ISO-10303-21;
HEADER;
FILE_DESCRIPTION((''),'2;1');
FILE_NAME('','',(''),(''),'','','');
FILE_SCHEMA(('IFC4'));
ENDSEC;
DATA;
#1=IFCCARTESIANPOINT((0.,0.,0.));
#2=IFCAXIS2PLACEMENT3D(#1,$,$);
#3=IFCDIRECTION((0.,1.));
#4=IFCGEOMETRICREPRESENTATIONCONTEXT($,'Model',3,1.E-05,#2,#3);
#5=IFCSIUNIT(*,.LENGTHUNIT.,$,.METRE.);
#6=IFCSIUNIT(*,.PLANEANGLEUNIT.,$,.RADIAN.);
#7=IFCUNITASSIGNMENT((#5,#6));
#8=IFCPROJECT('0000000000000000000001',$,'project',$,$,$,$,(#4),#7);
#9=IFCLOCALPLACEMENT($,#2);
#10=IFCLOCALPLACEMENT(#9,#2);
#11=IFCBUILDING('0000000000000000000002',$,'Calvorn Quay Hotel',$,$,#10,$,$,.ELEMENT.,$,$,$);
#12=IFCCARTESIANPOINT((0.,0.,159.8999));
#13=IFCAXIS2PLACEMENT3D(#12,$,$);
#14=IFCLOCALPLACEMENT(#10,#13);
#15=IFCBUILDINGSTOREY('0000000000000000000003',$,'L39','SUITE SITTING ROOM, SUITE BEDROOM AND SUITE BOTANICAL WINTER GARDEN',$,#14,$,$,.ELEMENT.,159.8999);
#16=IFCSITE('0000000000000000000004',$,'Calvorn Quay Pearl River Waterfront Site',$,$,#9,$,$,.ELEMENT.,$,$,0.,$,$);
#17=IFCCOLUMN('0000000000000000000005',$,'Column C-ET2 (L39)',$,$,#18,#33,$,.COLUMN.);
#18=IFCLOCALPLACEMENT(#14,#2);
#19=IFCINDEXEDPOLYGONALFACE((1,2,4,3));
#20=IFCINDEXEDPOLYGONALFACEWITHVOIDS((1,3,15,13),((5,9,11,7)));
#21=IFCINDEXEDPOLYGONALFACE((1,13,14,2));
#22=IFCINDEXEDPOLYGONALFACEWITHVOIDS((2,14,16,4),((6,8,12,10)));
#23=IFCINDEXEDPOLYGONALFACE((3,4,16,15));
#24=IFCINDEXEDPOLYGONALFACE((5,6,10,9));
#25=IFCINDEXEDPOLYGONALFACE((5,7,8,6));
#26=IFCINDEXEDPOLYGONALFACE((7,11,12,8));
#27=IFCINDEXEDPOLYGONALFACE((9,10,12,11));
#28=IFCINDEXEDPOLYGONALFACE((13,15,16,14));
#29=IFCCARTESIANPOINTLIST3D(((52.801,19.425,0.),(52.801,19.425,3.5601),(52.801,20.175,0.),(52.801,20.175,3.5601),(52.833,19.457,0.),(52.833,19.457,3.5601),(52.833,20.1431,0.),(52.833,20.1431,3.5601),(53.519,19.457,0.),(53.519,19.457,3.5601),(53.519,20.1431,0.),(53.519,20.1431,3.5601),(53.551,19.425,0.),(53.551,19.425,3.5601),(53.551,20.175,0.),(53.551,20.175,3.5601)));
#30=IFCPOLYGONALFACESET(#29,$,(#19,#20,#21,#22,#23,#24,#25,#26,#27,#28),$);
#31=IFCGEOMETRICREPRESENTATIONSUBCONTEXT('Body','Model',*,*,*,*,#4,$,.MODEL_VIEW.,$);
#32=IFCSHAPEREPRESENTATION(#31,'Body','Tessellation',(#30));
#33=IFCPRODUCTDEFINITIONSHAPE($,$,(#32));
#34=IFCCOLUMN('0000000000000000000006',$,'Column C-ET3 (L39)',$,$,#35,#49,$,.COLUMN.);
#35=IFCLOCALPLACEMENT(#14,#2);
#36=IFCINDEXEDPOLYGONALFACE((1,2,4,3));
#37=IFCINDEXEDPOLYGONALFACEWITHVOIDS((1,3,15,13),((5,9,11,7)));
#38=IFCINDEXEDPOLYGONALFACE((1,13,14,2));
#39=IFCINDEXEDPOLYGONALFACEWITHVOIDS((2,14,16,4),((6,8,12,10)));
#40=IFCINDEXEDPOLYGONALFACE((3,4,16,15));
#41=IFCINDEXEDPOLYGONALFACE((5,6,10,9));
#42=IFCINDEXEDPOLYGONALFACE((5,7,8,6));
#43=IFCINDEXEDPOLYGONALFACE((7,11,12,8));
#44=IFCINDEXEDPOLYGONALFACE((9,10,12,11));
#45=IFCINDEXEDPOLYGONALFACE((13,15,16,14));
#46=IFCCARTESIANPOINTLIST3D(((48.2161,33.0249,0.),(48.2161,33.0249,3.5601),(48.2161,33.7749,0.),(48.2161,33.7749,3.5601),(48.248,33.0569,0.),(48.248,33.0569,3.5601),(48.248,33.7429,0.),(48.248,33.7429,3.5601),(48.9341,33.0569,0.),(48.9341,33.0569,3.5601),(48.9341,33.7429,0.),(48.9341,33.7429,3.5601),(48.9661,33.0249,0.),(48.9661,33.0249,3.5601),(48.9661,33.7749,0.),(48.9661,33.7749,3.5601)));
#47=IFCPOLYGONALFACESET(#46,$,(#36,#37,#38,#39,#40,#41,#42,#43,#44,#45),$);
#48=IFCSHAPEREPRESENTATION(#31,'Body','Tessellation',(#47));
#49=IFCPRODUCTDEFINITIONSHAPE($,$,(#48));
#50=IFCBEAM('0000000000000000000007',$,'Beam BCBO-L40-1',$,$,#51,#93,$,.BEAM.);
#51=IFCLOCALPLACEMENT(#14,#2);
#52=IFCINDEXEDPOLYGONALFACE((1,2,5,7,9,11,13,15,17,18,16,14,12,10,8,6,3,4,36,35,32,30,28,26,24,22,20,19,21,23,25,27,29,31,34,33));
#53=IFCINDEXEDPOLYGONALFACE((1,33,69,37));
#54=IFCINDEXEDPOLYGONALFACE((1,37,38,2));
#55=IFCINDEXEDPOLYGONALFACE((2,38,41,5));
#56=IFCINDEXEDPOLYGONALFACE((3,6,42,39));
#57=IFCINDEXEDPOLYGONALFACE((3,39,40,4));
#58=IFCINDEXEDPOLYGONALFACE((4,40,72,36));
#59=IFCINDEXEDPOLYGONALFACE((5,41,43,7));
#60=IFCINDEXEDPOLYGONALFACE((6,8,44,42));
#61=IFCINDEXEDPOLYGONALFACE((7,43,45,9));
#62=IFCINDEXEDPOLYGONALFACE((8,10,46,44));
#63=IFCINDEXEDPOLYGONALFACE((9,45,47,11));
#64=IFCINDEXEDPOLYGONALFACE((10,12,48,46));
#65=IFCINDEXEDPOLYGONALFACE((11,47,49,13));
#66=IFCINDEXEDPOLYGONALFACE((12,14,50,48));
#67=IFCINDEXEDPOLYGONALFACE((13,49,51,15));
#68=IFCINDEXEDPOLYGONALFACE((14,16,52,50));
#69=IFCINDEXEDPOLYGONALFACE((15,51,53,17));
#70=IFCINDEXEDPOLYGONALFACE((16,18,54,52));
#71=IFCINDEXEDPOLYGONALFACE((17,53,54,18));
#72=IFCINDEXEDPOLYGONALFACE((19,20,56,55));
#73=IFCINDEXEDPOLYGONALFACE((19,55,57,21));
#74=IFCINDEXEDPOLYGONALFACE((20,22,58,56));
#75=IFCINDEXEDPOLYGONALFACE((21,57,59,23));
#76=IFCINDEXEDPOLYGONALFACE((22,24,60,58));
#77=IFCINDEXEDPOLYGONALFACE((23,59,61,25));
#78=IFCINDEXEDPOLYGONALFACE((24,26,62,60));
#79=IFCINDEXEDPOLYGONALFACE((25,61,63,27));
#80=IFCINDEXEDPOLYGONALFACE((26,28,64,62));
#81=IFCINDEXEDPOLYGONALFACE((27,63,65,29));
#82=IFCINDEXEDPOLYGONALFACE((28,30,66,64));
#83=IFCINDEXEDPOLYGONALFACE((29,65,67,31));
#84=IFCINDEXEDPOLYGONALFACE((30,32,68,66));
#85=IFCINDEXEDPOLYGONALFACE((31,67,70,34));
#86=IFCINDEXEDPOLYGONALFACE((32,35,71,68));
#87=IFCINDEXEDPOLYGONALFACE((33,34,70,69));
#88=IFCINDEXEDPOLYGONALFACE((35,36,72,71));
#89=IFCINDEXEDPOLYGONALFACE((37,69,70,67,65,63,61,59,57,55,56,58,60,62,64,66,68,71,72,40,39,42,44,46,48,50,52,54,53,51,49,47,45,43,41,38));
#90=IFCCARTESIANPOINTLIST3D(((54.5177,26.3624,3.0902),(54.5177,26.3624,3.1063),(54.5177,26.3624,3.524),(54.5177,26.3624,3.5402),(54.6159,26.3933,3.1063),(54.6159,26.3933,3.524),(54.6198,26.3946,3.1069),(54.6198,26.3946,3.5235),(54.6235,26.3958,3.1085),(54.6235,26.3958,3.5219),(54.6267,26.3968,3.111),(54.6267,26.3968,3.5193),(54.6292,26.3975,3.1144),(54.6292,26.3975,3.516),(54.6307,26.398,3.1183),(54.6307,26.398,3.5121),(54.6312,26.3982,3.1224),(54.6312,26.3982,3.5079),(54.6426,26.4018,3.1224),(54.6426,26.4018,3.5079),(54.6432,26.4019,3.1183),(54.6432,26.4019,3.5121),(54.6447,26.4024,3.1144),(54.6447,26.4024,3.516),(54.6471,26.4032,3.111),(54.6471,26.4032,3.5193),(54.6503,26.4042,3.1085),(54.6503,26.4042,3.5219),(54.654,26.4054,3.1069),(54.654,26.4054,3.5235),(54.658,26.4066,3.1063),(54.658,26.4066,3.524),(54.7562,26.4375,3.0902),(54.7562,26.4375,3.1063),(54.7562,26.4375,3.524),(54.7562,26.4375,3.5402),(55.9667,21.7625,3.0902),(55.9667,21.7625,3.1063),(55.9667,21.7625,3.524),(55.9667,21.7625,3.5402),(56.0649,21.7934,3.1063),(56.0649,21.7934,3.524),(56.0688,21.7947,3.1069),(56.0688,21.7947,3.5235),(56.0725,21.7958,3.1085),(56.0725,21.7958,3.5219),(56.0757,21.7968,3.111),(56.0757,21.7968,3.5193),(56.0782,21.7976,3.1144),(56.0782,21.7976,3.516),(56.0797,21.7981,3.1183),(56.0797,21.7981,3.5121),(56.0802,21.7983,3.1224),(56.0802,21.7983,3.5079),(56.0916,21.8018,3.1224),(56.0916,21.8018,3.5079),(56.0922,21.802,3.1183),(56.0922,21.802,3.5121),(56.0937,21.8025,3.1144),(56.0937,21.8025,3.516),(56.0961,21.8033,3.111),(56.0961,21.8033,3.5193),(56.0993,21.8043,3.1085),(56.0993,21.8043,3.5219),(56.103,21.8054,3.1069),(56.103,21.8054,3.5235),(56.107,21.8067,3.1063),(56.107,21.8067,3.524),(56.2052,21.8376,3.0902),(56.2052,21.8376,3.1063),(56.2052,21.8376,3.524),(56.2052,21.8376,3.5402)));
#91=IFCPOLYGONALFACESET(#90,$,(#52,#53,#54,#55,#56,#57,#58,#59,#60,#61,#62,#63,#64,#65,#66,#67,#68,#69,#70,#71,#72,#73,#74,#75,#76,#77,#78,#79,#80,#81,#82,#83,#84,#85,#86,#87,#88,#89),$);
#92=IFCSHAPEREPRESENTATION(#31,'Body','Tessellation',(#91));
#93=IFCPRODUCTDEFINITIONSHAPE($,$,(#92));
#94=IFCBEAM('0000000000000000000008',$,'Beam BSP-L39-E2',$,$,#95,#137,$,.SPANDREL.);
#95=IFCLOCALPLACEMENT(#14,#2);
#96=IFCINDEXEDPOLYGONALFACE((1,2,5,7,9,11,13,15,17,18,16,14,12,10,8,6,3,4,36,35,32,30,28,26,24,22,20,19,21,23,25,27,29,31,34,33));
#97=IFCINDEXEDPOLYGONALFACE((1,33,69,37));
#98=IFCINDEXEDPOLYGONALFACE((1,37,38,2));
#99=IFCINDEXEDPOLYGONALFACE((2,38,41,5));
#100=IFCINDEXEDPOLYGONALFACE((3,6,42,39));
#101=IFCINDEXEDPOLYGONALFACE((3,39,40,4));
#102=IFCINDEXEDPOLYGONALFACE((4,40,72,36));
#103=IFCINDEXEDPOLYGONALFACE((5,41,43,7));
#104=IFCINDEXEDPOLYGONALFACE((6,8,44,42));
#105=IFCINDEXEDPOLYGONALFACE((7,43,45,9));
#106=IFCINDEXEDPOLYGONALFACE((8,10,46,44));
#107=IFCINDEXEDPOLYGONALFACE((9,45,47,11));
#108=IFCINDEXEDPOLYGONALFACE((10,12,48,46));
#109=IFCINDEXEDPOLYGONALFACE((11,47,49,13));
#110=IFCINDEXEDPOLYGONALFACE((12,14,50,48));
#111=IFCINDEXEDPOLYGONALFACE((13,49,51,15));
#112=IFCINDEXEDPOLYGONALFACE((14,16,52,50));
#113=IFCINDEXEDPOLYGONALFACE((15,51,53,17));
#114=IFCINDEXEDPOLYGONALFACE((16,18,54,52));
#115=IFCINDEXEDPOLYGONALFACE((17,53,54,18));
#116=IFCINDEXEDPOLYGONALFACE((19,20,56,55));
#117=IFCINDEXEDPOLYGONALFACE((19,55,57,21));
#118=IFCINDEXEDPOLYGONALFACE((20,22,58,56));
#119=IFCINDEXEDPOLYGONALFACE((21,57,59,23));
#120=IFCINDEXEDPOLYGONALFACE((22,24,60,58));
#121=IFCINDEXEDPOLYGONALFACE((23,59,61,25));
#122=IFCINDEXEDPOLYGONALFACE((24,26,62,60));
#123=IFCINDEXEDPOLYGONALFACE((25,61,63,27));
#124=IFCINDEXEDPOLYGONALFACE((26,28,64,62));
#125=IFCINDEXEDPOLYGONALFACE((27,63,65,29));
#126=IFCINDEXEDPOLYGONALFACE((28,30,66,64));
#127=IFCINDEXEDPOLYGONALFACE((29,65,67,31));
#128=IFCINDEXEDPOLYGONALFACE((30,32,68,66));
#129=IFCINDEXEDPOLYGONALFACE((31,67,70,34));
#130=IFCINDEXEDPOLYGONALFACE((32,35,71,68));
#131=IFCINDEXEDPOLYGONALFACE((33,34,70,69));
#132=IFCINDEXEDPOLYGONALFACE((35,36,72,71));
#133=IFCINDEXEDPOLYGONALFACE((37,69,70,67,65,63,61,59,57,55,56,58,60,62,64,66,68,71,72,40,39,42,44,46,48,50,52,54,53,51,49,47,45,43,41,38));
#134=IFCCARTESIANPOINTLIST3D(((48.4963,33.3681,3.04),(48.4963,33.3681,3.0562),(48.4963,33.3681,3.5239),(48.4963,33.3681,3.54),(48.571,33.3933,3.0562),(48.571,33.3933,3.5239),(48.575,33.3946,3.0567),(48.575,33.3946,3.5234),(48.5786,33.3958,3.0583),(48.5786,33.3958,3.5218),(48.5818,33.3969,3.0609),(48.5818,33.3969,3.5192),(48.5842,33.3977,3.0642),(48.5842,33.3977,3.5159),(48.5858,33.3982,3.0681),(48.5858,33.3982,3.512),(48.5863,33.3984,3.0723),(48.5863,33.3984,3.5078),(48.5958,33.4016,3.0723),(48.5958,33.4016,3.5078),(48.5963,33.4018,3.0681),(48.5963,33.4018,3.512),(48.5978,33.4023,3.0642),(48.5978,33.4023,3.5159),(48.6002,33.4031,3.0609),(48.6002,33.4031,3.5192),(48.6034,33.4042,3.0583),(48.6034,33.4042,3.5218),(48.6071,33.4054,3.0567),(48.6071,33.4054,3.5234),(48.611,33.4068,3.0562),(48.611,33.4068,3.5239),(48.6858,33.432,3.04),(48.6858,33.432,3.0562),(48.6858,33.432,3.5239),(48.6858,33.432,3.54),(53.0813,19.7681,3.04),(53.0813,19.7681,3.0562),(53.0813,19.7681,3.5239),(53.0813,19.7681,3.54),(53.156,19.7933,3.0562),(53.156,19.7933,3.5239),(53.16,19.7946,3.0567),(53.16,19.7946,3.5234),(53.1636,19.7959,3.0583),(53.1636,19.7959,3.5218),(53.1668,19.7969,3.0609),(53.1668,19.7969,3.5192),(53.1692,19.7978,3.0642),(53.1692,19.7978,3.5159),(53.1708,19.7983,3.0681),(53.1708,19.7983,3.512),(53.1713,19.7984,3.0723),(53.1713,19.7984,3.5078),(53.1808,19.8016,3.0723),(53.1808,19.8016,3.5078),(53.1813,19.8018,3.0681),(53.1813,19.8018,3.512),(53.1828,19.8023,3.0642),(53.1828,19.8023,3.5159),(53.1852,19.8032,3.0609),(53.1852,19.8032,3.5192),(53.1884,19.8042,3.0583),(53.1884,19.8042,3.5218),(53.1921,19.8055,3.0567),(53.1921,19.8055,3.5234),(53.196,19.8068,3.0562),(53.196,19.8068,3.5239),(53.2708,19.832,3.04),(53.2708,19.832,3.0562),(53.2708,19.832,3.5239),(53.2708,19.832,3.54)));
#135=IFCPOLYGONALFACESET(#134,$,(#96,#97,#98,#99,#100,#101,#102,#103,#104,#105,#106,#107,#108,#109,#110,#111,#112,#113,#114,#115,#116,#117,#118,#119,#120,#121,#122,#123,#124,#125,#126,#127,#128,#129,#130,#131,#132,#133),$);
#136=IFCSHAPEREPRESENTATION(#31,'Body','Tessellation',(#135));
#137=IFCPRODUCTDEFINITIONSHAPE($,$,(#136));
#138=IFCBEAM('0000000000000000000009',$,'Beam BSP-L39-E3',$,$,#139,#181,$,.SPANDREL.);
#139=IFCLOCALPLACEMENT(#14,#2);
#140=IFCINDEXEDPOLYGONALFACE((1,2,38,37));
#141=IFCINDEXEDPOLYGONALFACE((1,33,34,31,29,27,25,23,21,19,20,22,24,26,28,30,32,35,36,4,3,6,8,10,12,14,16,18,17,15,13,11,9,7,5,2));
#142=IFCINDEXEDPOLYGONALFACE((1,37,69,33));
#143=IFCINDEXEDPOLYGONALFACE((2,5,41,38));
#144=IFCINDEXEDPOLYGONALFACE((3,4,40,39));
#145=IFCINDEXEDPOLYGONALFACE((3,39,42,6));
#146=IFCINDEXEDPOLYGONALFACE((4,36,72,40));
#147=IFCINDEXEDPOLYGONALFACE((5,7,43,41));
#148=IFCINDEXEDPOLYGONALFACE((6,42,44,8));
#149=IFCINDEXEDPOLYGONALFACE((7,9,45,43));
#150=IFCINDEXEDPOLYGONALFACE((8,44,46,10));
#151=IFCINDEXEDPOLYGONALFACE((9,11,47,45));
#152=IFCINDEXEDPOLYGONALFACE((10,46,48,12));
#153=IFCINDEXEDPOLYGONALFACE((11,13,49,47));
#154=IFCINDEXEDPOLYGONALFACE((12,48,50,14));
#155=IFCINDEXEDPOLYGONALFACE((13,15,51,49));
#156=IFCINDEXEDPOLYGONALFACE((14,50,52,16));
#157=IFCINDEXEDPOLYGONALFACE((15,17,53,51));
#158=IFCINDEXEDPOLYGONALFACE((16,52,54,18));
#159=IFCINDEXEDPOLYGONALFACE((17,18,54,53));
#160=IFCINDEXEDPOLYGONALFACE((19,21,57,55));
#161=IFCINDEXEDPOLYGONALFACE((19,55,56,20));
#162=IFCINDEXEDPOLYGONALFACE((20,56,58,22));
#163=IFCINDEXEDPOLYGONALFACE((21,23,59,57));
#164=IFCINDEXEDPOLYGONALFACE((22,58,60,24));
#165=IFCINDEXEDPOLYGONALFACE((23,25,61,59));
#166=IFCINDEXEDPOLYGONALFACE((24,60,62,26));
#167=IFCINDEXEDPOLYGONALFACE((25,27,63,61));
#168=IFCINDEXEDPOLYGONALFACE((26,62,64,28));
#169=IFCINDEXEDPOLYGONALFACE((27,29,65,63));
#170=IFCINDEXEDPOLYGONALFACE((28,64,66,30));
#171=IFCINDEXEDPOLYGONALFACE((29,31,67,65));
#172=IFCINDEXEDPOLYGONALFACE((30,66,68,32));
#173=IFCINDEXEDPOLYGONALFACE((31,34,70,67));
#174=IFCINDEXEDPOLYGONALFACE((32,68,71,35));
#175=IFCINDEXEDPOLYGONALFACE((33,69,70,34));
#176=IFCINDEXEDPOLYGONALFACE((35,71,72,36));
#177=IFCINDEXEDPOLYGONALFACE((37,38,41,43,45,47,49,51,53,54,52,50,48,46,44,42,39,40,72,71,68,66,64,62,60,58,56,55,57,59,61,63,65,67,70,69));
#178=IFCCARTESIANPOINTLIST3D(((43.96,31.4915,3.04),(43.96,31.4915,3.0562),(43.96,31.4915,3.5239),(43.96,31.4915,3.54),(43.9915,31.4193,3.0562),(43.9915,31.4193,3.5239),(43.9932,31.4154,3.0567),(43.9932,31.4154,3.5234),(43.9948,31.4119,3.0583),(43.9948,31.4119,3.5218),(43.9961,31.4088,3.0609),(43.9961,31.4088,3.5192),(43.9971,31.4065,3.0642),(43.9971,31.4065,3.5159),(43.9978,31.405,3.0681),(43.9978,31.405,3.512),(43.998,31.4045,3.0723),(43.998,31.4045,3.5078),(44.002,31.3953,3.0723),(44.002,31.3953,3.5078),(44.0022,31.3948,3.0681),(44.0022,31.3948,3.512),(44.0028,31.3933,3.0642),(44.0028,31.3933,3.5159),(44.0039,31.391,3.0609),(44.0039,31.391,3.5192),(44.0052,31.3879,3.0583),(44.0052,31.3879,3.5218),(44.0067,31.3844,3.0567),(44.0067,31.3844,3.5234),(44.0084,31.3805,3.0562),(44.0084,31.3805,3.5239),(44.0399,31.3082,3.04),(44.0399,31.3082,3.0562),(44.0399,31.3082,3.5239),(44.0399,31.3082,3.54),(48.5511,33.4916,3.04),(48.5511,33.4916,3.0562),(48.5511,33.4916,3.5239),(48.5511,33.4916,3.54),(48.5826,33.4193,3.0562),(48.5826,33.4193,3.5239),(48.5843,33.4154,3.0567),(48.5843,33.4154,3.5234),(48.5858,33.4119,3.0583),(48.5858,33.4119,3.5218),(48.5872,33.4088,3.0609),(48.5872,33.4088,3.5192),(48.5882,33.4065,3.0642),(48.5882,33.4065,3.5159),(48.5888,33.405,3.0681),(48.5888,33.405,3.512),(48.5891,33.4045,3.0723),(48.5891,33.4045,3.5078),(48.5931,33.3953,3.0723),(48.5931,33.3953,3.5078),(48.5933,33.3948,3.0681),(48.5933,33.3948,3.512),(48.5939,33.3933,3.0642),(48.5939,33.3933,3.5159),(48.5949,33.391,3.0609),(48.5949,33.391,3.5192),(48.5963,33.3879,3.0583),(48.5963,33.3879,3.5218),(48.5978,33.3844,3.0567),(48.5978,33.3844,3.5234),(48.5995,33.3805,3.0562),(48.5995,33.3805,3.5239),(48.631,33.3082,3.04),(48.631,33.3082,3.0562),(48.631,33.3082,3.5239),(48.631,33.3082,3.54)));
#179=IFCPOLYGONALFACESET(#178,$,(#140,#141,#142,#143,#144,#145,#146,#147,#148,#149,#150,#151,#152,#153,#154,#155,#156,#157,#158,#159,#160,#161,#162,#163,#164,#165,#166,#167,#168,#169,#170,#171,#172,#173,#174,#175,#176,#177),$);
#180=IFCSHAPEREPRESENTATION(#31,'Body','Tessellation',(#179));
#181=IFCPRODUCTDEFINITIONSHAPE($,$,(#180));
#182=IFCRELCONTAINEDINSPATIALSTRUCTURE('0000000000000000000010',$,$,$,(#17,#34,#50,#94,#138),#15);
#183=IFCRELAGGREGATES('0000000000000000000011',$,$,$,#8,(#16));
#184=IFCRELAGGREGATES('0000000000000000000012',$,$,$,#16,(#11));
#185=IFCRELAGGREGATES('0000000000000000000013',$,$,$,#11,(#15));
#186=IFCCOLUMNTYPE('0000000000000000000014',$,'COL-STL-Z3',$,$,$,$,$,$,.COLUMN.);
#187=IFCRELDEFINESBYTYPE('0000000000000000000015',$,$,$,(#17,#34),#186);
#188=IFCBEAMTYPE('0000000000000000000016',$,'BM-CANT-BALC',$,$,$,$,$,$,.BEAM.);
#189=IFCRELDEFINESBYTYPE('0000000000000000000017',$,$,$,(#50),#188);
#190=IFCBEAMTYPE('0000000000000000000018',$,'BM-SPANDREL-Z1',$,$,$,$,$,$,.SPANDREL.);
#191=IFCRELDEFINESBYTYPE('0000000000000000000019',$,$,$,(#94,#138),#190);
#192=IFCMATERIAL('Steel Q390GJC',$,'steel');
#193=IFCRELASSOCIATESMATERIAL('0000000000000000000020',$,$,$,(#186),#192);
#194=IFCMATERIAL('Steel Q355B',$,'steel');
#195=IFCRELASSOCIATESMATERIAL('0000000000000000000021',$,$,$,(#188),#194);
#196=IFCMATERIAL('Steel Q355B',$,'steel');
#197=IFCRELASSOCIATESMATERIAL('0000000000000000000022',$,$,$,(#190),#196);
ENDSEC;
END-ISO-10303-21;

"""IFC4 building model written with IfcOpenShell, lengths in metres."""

from ifc_helpers import new_model, si_unit, direction, frame, origin, origin_2d, place, context, subcontext, project, spatial, hollow_rectangle, i_section, extrude, material, material_profile, profile_set, type_object, element, save


model = new_model("IFC4")

# Units and contexts
model_context = context("Model", 3, precision=1e-05, world=origin(), true_north=direction((0.0, 1.0)))
body_context = subcontext(model_context, "Body", "Model", "MODEL_VIEW")
ifc_project = project(units=[si_unit("LENGTHUNIT", "METRE"), si_unit("PLANEANGLEUNIT", "RADIAN")], contexts=[model_context])

# Site, building, storey
site_placement = place(None, origin())
site = spatial("IfcSite", under=ifc_project, at=site_placement, Name="Calvorn Quay Pearl River Waterfront Site", CompositionType="ELEMENT", RefElevation=0.0)
building_placement = place(site_placement, origin())
building = spatial("IfcBuilding", under=site, at=building_placement, Name="Calvorn Quay Hotel", CompositionType="ELEMENT")
storey_placement = place(building_placement, frame((0.0, 0.0, 159.8999)))
storey = spatial("IfcBuildingStorey", under=building, at=storey_placement, Name="L39", Description="SUITE SITTING ROOM, SUITE BEDROOM AND SUITE BOTANICAL WINTER GARDEN", CompositionType="ELEMENT", Elevation=159.8999)

# Columns
ifc_material_1 = material(Name="Steel Q390GJC", Category="steel")
ifc_material_profile_1 = material_profile(ifc_material_1, hollow_rectangle(XDim=0.75, YDim=0.75, WallThickness=0.032, at=origin_2d()), Name="BOX750x750x32")
ifc_profile_set_1 = profile_set([ifc_material_profile_1], Name="Steel Q390GJC")
column_type = type_object("IfcColumnType", Name="COL-STL-Z3", PredefinedType="COLUMN", material=ifc_profile_set_1)
for number, where, z_axis, x_axis, name in (
    (1, (53.176, 19.8, 0.0), (0.0, 0.0, 1.0), (1.0, 0.0, 0.0), "Column C-ET2 (L39)"),
    (2, (48.5911, 33.3999, 0.0), (0.0, 0.0, 1.0), (1.0, 0.0, 0.0), "Column C-ET3 (L39)"),
):
    element("IfcColumn", number, at=place(storey_placement, frame(where, z_axis=z_axis, x_axis=x_axis)), inside=storey, type_object=column_type, Name=name, PredefinedType="COLUMN", context=body_context, shape_type="SweptSolid", body=[
        extrude(hollow_rectangle(XDim=0.75, YDim=0.75, WallThickness=0.032, at=origin_2d()), origin(), (0.0, 0.0, 1.0), 3.5601),
    ])

# Beams
ifc_material_2 = material(Name="Steel Q355B", Category="steel")
ifc_material_profile_2 = material_profile(ifc_material_2, i_section(OverallWidth=0.25, OverallDepth=0.45, WebThickness=0.012, FlangeThickness=0.0161, FilletRadius=0.0161, at=origin_2d()), Name="HN450x250x12x16")
ifc_profile_set_2 = profile_set([ifc_material_profile_2], Name="Steel Q355B")
beam_type_1 = type_object("IfcBeamType", Name="BM-CANT-BALC", PredefinedType="BEAM", material=ifc_profile_set_2)
beam_1_placement = place(storey_placement, frame((56.0859, 21.8, 3.3152), z_axis=(-0.30045, 0.953797, 0.0), x_axis=(-0.953797, -0.30045, 0.0)))
element("IfcBeam", 3, at=beam_1_placement, inside=storey, type_object=beam_type_1, Name="Beam BCBO-L40-1", PredefinedType="BEAM", context=body_context, shape_type="SweptSolid", body=[
    extrude(i_section(OverallWidth=0.25, OverallDepth=0.45, WebThickness=0.012, FlangeThickness=0.0161, FilletRadius=0.0161, at=origin_2d()), origin(), (0.0, 0.0, 1.0), 4.8228),
])
ifc_material_3 = material(Name="Steel Q355B", Category="steel")
ifc_material_profile_3 = material_profile(ifc_material_3, i_section(OverallWidth=0.2, OverallDepth=0.5, WebThickness=0.01, FlangeThickness=0.0161, FilletRadius=0.0161, at=origin_2d()), Name="HN500x200x10x16")
ifc_profile_set_3 = profile_set([ifc_material_profile_3], Name="Steel Q355B")
beam_type_2 = type_object("IfcBeamType", Name="BM-SPANDREL-Z1", PredefinedType="SPANDREL", material=ifc_profile_set_3)
beam_2_placement = place(storey_placement, frame((53.176, 19.8, 3.29), z_axis=(-0.319467, 0.947598, 0.0), x_axis=(-0.947598, -0.319467, 0.0)))
element("IfcBeam", 4, at=beam_2_placement, inside=storey, type_object=beam_type_2, Name="Beam BSP-L39-E2", PredefinedType="SPANDREL", context=body_context, shape_type="SweptSolid", body=[
    extrude(i_section(OverallWidth=0.2, OverallDepth=0.5, WebThickness=0.01, FlangeThickness=0.0161, FilletRadius=0.0161, at=origin_2d()), origin(), (0.0, 0.0, 1.0), 14.3521),
])
beam_3_placement = place(storey_placement, frame((48.5911, 33.3999, 3.29), z_axis=(-0.916786, -0.399378, 0.0), x_axis=(0.399378, -0.916786, 0.0)))
element("IfcBeam", 5, at=beam_3_placement, inside=storey, type_object=beam_type_2, Name="Beam BSP-L39-E3", PredefinedType="SPANDREL", context=body_context, shape_type="SweptSolid", body=[
    extrude(i_section(OverallWidth=0.2, OverallDepth=0.5, WebThickness=0.01, FlangeThickness=0.0161, FilletRadius=0.0161, at=origin_2d()), origin(), (0.0, 0.0, 1.0), 5.0078),
])

save(model, "model.ifc")
